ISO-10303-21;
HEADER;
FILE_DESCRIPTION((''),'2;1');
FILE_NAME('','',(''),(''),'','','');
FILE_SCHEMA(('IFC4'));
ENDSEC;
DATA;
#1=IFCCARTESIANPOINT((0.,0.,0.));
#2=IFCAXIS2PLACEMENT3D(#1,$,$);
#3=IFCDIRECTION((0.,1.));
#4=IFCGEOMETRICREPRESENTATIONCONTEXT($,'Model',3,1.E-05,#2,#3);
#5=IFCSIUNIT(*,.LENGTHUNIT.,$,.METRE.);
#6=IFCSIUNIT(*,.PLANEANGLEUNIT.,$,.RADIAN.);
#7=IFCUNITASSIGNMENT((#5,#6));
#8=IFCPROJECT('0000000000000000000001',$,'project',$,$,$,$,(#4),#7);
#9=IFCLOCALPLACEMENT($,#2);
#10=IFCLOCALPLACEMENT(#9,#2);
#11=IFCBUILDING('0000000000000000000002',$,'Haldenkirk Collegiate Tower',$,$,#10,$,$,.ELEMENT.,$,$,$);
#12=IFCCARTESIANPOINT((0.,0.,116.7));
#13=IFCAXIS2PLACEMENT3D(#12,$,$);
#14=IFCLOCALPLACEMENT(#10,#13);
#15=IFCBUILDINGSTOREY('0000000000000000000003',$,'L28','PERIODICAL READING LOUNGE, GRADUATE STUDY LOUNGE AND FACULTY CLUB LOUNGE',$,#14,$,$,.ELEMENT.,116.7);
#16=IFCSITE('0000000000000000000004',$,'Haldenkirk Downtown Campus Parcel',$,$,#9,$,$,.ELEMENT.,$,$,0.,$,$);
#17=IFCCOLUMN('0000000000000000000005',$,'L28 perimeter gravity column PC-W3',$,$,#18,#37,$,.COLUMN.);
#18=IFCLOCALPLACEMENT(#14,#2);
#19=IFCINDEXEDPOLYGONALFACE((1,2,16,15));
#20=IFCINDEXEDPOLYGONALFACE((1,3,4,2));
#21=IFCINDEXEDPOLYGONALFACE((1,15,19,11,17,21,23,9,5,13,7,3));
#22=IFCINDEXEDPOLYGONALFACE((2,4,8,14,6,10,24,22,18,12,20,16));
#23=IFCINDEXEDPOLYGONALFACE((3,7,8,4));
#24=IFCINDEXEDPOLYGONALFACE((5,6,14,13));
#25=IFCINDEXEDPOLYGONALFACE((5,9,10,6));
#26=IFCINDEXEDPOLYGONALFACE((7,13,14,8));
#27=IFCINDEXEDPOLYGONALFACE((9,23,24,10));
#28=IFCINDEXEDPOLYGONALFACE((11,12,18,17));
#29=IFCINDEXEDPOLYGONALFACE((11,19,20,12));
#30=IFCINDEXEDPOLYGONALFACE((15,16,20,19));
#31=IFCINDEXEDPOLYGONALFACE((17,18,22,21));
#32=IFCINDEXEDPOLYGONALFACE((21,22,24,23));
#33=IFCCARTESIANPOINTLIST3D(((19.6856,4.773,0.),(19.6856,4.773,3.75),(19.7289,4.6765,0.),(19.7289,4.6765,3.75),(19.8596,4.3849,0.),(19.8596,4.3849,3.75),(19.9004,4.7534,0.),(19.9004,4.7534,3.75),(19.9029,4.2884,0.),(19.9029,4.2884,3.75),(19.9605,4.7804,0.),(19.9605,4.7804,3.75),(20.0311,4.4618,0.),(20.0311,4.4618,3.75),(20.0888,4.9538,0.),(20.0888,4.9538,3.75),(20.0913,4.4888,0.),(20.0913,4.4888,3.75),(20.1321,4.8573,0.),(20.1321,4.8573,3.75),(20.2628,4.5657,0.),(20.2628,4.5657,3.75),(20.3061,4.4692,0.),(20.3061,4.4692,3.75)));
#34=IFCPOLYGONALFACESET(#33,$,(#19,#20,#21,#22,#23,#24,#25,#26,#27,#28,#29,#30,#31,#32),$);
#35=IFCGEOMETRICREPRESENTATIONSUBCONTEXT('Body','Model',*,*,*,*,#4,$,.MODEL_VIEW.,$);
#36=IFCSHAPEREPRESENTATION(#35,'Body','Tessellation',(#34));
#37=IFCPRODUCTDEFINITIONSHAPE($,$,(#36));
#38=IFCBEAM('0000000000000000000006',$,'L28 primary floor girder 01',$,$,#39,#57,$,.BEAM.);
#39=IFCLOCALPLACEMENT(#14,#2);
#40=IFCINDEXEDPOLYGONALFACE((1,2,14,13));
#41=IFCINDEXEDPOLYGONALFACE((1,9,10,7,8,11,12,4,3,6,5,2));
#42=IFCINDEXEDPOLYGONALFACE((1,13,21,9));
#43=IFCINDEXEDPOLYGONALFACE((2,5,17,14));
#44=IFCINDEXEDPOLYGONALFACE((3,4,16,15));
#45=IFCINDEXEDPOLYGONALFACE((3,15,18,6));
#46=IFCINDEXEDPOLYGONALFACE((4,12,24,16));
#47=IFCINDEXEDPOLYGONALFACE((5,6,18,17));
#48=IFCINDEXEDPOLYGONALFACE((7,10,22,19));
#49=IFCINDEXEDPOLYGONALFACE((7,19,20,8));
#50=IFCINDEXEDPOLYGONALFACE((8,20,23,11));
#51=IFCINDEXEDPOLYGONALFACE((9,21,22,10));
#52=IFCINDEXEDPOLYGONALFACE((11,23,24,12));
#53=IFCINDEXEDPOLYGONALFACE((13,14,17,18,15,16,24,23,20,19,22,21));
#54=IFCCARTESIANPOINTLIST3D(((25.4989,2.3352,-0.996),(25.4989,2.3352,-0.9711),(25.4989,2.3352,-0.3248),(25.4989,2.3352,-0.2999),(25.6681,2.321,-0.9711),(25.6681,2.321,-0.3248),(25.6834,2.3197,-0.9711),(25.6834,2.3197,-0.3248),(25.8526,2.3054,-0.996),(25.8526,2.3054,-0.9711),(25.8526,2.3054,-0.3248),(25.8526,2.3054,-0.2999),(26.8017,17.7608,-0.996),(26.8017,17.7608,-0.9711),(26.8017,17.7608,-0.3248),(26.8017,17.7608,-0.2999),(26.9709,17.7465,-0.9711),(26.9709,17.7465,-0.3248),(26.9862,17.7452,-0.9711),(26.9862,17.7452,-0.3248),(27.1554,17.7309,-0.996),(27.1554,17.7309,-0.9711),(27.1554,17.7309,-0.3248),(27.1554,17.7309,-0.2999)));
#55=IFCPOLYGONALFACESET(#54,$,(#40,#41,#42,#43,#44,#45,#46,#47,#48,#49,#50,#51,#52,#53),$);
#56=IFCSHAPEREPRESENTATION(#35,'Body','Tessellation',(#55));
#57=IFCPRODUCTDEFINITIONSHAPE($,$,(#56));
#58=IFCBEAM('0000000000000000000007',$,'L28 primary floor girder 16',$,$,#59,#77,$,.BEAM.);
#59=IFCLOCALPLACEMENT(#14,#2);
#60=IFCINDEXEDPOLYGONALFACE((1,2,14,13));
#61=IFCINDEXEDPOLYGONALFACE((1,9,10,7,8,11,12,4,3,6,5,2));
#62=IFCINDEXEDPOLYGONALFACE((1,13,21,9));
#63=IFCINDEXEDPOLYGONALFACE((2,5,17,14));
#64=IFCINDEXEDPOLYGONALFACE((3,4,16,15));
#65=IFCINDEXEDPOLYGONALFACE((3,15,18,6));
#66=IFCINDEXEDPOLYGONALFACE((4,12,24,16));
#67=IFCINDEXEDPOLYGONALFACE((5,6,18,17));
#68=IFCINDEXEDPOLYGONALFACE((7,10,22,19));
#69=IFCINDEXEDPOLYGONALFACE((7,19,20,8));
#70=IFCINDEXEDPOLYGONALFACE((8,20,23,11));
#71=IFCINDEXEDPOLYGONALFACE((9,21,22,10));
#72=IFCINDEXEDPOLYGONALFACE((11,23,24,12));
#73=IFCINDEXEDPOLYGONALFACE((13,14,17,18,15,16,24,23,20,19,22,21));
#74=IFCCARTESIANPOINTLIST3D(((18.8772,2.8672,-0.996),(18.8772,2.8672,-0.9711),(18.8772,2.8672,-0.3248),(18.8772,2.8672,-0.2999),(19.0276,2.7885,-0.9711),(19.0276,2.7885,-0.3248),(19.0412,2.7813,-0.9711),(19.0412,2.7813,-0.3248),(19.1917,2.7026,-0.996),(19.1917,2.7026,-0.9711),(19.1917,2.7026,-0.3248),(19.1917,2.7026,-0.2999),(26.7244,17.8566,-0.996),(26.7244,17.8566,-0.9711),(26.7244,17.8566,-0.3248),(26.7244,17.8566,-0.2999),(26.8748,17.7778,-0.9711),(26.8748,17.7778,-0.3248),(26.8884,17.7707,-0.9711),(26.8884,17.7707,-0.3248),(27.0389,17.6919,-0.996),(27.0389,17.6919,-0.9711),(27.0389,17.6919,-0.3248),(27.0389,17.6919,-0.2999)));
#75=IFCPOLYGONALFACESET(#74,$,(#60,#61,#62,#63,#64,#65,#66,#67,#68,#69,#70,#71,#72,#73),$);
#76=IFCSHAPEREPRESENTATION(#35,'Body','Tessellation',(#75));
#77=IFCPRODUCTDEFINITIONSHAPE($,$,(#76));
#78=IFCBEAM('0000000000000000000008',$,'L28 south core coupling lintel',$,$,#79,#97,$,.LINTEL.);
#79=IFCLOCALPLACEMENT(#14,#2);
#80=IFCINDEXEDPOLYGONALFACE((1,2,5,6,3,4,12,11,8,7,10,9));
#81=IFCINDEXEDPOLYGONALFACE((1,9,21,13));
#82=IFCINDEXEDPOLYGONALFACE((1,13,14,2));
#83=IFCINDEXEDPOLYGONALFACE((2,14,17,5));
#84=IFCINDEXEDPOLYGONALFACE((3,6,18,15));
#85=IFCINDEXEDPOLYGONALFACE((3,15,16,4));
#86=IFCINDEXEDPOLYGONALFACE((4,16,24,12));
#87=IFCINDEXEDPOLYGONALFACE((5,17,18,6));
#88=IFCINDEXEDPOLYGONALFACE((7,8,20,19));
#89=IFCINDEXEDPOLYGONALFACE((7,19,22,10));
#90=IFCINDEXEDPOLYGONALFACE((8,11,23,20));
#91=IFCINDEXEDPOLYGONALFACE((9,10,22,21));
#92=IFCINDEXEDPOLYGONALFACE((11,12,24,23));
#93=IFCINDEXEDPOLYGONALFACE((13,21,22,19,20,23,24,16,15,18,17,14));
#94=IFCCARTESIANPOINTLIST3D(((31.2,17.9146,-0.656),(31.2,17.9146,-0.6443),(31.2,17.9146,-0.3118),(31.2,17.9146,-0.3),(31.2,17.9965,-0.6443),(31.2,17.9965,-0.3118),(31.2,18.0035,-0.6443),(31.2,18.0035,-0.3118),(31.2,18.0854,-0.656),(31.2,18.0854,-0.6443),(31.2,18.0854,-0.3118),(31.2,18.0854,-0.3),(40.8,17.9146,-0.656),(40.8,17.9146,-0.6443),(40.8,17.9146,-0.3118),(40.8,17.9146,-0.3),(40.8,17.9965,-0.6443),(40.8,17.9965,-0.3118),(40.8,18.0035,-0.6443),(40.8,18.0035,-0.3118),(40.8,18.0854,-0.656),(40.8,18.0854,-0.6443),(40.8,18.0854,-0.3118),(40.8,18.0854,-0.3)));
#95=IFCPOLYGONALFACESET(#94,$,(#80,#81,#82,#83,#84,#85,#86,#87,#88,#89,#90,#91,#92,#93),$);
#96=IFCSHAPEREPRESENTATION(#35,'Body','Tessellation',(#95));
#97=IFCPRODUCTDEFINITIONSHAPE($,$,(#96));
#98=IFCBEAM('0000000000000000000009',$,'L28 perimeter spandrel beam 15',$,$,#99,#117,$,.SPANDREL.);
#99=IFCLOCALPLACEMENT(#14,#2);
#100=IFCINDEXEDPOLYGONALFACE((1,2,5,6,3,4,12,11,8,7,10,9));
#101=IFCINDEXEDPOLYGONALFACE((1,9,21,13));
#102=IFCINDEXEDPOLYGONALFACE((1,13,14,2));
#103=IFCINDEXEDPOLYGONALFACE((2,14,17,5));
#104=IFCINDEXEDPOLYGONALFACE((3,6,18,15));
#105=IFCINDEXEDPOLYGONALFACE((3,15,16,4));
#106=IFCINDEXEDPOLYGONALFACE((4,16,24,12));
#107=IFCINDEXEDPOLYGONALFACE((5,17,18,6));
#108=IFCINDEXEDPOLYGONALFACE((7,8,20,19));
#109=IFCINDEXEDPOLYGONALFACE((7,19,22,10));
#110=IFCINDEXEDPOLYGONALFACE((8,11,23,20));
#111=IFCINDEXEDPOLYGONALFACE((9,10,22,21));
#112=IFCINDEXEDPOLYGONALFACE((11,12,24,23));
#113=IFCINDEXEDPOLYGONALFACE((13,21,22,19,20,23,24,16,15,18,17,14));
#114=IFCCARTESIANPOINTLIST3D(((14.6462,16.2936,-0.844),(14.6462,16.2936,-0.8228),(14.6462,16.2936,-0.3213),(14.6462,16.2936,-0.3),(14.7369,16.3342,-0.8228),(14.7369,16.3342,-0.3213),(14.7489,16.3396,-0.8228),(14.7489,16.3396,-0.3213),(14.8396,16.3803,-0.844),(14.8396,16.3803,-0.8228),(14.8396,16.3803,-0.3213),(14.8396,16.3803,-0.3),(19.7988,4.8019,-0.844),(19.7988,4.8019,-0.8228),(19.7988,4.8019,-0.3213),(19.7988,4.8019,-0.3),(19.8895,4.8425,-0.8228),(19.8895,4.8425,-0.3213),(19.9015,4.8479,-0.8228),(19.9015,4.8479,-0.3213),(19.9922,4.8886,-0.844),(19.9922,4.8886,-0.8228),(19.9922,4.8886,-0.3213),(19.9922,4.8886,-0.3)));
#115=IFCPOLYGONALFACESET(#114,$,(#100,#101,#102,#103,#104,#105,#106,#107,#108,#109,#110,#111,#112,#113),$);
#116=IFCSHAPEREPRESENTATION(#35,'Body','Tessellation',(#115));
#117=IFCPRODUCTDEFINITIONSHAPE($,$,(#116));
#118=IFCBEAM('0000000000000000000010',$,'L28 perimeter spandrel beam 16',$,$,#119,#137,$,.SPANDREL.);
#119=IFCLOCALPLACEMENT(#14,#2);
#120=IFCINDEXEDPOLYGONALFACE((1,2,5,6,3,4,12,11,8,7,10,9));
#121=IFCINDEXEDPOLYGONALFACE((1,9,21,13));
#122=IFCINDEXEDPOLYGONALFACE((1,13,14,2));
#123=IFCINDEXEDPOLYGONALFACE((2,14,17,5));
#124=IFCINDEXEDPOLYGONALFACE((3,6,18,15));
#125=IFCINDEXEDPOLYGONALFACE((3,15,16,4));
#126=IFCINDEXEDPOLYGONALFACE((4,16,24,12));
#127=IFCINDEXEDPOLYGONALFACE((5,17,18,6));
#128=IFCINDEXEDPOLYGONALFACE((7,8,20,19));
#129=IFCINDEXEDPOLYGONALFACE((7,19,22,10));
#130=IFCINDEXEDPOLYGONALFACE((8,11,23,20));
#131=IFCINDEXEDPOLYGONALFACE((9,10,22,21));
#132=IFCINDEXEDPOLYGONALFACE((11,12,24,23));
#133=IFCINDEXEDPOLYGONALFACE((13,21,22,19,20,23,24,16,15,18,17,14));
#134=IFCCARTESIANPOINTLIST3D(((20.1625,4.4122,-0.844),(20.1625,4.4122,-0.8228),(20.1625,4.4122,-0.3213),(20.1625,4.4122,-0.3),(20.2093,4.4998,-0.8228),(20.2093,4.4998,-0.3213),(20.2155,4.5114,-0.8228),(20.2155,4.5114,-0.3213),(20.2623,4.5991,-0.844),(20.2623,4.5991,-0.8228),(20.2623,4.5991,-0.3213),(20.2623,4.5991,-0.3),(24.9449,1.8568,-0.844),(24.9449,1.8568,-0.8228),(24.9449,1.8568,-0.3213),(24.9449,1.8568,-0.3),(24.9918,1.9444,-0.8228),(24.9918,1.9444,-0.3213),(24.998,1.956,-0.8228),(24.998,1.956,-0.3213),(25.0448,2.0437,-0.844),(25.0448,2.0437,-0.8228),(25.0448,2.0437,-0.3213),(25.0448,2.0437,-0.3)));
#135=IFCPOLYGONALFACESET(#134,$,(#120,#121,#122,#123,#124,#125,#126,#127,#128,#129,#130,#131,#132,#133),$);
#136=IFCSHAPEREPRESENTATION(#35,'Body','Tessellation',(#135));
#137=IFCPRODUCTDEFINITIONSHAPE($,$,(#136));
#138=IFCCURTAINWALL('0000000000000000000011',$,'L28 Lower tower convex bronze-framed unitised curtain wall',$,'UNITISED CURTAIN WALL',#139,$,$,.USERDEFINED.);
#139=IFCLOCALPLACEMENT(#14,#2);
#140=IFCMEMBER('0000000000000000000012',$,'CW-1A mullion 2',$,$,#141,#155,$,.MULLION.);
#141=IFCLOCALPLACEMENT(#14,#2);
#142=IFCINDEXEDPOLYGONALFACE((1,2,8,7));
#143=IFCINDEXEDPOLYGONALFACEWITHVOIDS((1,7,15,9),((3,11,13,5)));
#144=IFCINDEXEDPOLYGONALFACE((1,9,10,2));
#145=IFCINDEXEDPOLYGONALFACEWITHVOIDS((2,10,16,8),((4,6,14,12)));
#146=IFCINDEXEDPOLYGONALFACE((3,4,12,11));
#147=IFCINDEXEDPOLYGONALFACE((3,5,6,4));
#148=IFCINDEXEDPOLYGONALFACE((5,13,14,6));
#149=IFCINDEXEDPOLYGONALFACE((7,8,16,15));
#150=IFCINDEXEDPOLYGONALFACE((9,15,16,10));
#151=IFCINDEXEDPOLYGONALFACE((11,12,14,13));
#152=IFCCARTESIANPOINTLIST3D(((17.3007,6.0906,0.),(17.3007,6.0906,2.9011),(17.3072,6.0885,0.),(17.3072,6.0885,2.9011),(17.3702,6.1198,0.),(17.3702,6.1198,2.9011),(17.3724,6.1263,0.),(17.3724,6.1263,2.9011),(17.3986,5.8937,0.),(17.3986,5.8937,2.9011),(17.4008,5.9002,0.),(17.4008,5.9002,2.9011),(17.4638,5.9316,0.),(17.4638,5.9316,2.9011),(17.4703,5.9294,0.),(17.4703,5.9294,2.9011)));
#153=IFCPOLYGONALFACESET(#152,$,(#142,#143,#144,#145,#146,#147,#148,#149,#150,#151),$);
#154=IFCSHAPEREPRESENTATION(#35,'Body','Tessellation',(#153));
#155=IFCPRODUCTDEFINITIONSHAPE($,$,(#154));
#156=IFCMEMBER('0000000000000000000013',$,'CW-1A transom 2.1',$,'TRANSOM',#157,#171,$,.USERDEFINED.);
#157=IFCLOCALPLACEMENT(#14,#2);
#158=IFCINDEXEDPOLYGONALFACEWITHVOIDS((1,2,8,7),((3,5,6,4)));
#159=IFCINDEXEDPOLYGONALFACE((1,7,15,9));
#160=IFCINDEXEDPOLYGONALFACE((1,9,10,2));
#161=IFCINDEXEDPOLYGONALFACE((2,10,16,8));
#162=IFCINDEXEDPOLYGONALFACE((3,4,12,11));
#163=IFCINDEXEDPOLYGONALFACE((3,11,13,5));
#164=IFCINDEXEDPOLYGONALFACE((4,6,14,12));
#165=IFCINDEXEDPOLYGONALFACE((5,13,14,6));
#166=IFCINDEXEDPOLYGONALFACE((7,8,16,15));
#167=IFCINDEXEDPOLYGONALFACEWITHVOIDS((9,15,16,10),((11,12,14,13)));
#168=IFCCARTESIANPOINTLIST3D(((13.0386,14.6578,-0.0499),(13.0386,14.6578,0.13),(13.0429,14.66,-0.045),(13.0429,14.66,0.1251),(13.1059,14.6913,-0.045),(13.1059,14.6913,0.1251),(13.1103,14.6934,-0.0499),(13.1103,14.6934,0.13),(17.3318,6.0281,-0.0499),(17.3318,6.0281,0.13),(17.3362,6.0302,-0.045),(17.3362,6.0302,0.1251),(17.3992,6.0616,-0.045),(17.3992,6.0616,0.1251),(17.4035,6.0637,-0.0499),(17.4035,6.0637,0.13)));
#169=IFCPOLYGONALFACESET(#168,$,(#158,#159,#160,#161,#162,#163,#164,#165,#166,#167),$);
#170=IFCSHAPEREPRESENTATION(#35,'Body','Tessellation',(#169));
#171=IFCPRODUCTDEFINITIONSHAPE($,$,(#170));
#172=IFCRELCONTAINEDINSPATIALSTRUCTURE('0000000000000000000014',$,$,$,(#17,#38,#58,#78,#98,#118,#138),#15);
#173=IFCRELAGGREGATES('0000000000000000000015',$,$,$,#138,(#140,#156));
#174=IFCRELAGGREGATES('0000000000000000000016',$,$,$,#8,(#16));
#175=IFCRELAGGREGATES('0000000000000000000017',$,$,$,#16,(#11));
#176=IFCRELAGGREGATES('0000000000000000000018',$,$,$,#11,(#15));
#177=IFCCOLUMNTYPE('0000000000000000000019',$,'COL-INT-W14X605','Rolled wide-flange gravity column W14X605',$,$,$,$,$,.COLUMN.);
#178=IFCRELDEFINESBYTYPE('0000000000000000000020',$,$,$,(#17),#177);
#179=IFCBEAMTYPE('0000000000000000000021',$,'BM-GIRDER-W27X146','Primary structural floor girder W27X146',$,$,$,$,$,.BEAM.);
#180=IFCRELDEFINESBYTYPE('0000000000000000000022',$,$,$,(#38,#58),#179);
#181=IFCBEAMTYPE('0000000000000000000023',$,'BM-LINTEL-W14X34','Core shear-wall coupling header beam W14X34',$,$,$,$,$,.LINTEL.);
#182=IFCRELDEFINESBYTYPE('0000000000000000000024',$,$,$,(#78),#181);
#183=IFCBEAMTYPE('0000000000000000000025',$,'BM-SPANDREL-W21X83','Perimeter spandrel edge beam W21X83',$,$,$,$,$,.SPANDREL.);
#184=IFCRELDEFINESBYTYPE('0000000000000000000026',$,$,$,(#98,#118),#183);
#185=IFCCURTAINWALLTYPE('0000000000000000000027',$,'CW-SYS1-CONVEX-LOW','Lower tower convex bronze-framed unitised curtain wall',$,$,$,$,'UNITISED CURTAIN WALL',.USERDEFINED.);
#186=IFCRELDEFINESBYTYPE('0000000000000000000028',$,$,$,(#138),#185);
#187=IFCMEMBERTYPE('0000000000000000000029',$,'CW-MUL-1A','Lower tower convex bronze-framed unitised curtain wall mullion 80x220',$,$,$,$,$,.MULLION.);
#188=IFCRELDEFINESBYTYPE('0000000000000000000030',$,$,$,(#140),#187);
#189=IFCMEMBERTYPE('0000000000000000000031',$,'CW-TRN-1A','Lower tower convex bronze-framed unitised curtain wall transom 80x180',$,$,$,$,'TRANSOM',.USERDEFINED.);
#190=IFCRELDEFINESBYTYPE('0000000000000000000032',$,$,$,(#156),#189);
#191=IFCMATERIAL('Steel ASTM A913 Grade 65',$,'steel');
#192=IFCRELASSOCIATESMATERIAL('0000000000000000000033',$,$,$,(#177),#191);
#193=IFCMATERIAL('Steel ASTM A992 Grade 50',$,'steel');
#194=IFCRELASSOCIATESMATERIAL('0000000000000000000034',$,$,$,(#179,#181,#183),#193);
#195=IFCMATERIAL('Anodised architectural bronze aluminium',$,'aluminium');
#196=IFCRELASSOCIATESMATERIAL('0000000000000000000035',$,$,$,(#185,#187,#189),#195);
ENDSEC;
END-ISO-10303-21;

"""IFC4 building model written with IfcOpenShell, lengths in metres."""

from ifc_helpers import new_model, si_unit, direction, frame, origin, origin_2d, place, context, subcontext, project, spatial, hollow_rectangle, i_section, extrude, material, material_profile, profile_set, type_object, element, aggregate, save


model = new_model("IFC4")

# Units and contexts
model_context = context("Model", 3, precision=1e-05, world=origin(), true_north=direction((0.0, 1.0)))
body_context = subcontext(model_context, "Body", "Model", "MODEL_VIEW")
ifc_project = project(units=[si_unit("LENGTHUNIT", "METRE"), si_unit("PLANEANGLEUNIT", "RADIAN")], contexts=[model_context])

# Site, building, storey
site_placement = place(None, origin())
site = spatial("IfcSite", under=ifc_project, at=site_placement, Name="Haldenkirk Downtown Campus Parcel", CompositionType="ELEMENT", RefElevation=0.0)
building_placement = place(site_placement, origin())
building = spatial("IfcBuilding", under=site, at=building_placement, Name="Haldenkirk Collegiate Tower", CompositionType="ELEMENT")
storey_placement = place(building_placement, frame((0.0, 0.0, 116.7)))
storey = spatial("IfcBuildingStorey", under=building, at=storey_placement, Name="L28", Description="PERIODICAL READING LOUNGE, GRADUATE STUDY LOUNGE AND FACULTY CLUB LOUNGE", CompositionType="ELEMENT", Elevation=116.7)

# Column
ifc_material_1 = material(Name="Steel ASTM A913 Grade 65", Category="steel")
ifc_material_profile_1 = material_profile(ifc_material_1, i_section(OverallWidth=0.4419, OverallDepth=0.531, WebThickness=0.0659, FlangeThickness=0.1057, at=origin_2d()), Name="W14X605")
ifc_profile_set_1 = profile_set([ifc_material_profile_1], Name="Steel ASTM A913 Grade 65")
column_type = type_object("IfcColumnType", Name="COL-INT-W14X605", Description="Rolled wide-flange gravity column W14X605", PredefinedType="COLUMN", material=ifc_profile_set_1)
column_placement = place(storey_placement, frame((19.9958, 4.6211, 0.0), z_axis=(0.0, 0.0, 1.0), x_axis=(0.912477, 0.409127, 0.0)))
element("IfcColumn", 1, at=column_placement, inside=storey, type_object=column_type, Name="L28 perimeter gravity column PC-W3", PredefinedType="COLUMN", context=body_context, shape_type="SweptSolid", body=[
    extrude(i_section(OverallWidth=0.4419, OverallDepth=0.531, WebThickness=0.0659, FlangeThickness=0.1057, at=origin_2d()), origin(), (0.0, 0.0, 1.0), 3.75),
])

# Beams
ifc_material_2 = material(Name="Steel ASTM A992 Grade 50", Category="steel")
ifc_material_profile_2 = material_profile(ifc_material_2, i_section(OverallWidth=0.355, OverallDepth=0.696, WebThickness=0.0154, FlangeThickness=0.0249, at=origin_2d()), Name="W27X146")
ifc_profile_set_2 = profile_set([ifc_material_profile_2], Name="Steel ASTM A992 Grade 50")
beam_type_1 = type_object("IfcBeamType", Name="BM-GIRDER-W27X146", Description="Primary structural floor girder W27X146", PredefinedType="BEAM", material=ifc_profile_set_2)
beam_1_placement = place(storey_placement, frame((25.6758, 2.3203, -0.6479), z_axis=(0.084154, 0.996453, 0.0), x_axis=(-0.996453, 0.084154, 0.0)))
element("IfcBeam", 2, at=beam_1_placement, inside=storey, type_object=beam_type_1, Name="L28 primary floor girder 01", PredefinedType="BEAM", context=body_context, shape_type="SweptSolid", body=[
    extrude(i_section(OverallWidth=0.355, OverallDepth=0.696, WebThickness=0.0154, FlangeThickness=0.0249, at=origin_2d()), origin(), (0.0, 0.0, 1.0), 15.4805),
])
beam_2_placement = place(storey_placement, frame((19.0344, 2.7849, -0.6479), z_axis=(0.463805, 0.885937, 0.0), x_axis=(-0.885937, 0.463805, 0.0)))
element("IfcBeam", 3, at=beam_2_placement, inside=storey, type_object=beam_type_1, Name="L28 primary floor girder 16", PredefinedType="BEAM", context=body_context, shape_type="SweptSolid", body=[
    extrude(i_section(OverallWidth=0.355, OverallDepth=0.696, WebThickness=0.0154, FlangeThickness=0.0249, at=origin_2d()), origin(), (0.0, 0.0, 1.0), 16.9192),
])
ifc_material_profile_3 = material_profile(ifc_material_2, i_section(OverallWidth=0.1709, OverallDepth=0.356, WebThickness=0.0071, FlangeThickness=0.0117, at=origin_2d()), Name="W14X34")
ifc_profile_set_3 = profile_set([ifc_material_profile_3], Name="Steel ASTM A992 Grade 50")
beam_type_2 = type_object("IfcBeamType", Name="BM-LINTEL-W14X34", Description="Core shear-wall coupling header beam W14X34", PredefinedType="LINTEL", material=ifc_profile_set_3)
beam_3_placement = place(storey_placement, frame((31.2, 18.0, -0.478), z_axis=(1.0, 0.0, 0.0), x_axis=(0.0, 1.0, 0.0)))
element("IfcBeam", 4, at=beam_3_placement, inside=storey, type_object=beam_type_2, Name="L28 south core coupling lintel", PredefinedType="LINTEL", context=body_context, shape_type="SweptSolid", body=[
    extrude(i_section(OverallWidth=0.1709, OverallDepth=0.356, WebThickness=0.0071, FlangeThickness=0.0117, at=origin_2d()), origin(), (0.0, 0.0, 1.0), 9.6001),
])
ifc_material_profile_4 = material_profile(ifc_material_2, i_section(OverallWidth=0.2119, OverallDepth=0.5439, WebThickness=0.0132, FlangeThickness=0.0212, at=origin_2d()), Name="W21X83")
ifc_profile_set_4 = profile_set([ifc_material_profile_4], Name="Steel ASTM A992 Grade 50")
beam_type_3 = type_object("IfcBeamType", Name="BM-SPANDREL-W21X83", Description="Perimeter spandrel edge beam W21X83", PredefinedType="SPANDREL", material=ifc_profile_set_4)
beam_4_placement = place(storey_placement, frame((14.7429, 16.3369, -0.572), z_axis=(0.409131, -0.912476, 0.0), x_axis=(0.912476, 0.409131, 0.0)))
element("IfcBeam", 5, at=beam_4_placement, inside=storey, type_object=beam_type_3, Name="L28 perimeter spandrel beam 15", PredefinedType="SPANDREL", context=body_context, shape_type="SweptSolid", body=[
    extrude(i_section(OverallWidth=0.2119, OverallDepth=0.5439, WebThickness=0.0132, FlangeThickness=0.0212, at=origin_2d()), origin(), (0.0, 0.0, 1.0), 12.594),
])
beam_5_placement = place(storey_placement, frame((20.2124, 4.5056, -0.572), z_axis=(0.881987, -0.471273, 0.0), x_axis=(0.471273, 0.881987, 0.0)))
element("IfcBeam", 6, at=beam_5_placement, inside=storey, type_object=beam_type_3, Name="L28 perimeter spandrel beam 16", PredefinedType="SPANDREL", context=body_context, shape_type="SweptSolid", body=[
    extrude(i_section(OverallWidth=0.2119, OverallDepth=0.5439, WebThickness=0.0132, FlangeThickness=0.0212, at=origin_2d()), origin(), (0.0, 0.0, 1.0), 5.4224),
])

# Curtain wall, members
ifc_material_3 = material(Name="Anodised architectural bronze aluminium", Category="aluminium")
curtain_wall_type = type_object("IfcCurtainWallType", Name="CW-SYS1-CONVEX-LOW", Description="Lower tower convex bronze-framed unitised curtain wall", ElementType="UNITISED CURTAIN WALL", PredefinedType="USERDEFINED", material=ifc_material_3)
curtain_wall_placement = place(storey_placement, origin())
curtain_wall = element("IfcCurtainWall", 7, at=curtain_wall_placement, inside=storey, type_object=curtain_wall_type, Name="L28 Lower tower convex bronze-framed unitised curtain wall", ObjectType="UNITISED CURTAIN WALL", PredefinedType="USERDEFINED")
ifc_material_profile_5 = material_profile(ifc_material_3, hollow_rectangle(XDim=0.0801, YDim=0.22, WallThickness=0.0049, at=origin_2d()), Name="CW-MUL-1A")
ifc_profile_set_5 = profile_set([ifc_material_profile_5], Name="Anodised architectural bronze aluminium")
member_type_1 = type_object("IfcMemberType", Name="CW-MUL-1A", Description="Lower tower convex bronze-framed unitised curtain wall mullion 80x220", PredefinedType="MULLION", material=ifc_profile_set_5)
member_1_placement = place(storey_placement, frame((17.3855, 6.01, 0.0), z_axis=(0.0, 0.0, 1.0), x_axis=(-0.895324, -0.445415, 0.0)))
member_1 = element("IfcMember", 8, at=member_1_placement, type_object=member_type_1, Name="CW-1A mullion 2", PredefinedType="MULLION", context=body_context, shape_type="SweptSolid", body=[
    extrude(hollow_rectangle(XDim=0.0801, YDim=0.22, WallThickness=0.0049, at=origin_2d()), origin(), (0.0, 0.0, 1.0), 2.9011),
])
ifc_material_profile_6 = material_profile(ifc_material_3, hollow_rectangle(XDim=0.0801, YDim=0.1799, WallThickness=0.0049, at=origin_2d()), Name="CW-TRN-1A")
ifc_profile_set_6 = profile_set([ifc_material_profile_6], Name="Anodised architectural bronze aluminium")
member_type_2 = type_object("IfcMemberType", Name="CW-TRN-1A", Description="Lower tower convex bronze-framed unitised curtain wall transom 80x180", ElementType="TRANSOM", PredefinedType="USERDEFINED", material=ifc_profile_set_6)
member_2_placement = place(storey_placement, frame((17.3677, 6.0459, 0.04), z_axis=(-0.445419, 0.895322, 0.0), x_axis=(-0.895322, -0.445419, 0.0)))
member_2 = element("IfcMember", 9, at=member_2_placement, type_object=member_type_2, Name="CW-1A transom 2.1", ObjectType="TRANSOM", PredefinedType="USERDEFINED", context=body_context, shape_type="SweptSolid", body=[
    extrude(hollow_rectangle(XDim=0.0801, YDim=0.1799, WallThickness=0.0049, at=origin_2d()), origin(), (0.0, 0.0, 1.0), 9.6387),
])
aggregate(curtain_wall, [member_1, member_2])

save(model, "model.ifc")
